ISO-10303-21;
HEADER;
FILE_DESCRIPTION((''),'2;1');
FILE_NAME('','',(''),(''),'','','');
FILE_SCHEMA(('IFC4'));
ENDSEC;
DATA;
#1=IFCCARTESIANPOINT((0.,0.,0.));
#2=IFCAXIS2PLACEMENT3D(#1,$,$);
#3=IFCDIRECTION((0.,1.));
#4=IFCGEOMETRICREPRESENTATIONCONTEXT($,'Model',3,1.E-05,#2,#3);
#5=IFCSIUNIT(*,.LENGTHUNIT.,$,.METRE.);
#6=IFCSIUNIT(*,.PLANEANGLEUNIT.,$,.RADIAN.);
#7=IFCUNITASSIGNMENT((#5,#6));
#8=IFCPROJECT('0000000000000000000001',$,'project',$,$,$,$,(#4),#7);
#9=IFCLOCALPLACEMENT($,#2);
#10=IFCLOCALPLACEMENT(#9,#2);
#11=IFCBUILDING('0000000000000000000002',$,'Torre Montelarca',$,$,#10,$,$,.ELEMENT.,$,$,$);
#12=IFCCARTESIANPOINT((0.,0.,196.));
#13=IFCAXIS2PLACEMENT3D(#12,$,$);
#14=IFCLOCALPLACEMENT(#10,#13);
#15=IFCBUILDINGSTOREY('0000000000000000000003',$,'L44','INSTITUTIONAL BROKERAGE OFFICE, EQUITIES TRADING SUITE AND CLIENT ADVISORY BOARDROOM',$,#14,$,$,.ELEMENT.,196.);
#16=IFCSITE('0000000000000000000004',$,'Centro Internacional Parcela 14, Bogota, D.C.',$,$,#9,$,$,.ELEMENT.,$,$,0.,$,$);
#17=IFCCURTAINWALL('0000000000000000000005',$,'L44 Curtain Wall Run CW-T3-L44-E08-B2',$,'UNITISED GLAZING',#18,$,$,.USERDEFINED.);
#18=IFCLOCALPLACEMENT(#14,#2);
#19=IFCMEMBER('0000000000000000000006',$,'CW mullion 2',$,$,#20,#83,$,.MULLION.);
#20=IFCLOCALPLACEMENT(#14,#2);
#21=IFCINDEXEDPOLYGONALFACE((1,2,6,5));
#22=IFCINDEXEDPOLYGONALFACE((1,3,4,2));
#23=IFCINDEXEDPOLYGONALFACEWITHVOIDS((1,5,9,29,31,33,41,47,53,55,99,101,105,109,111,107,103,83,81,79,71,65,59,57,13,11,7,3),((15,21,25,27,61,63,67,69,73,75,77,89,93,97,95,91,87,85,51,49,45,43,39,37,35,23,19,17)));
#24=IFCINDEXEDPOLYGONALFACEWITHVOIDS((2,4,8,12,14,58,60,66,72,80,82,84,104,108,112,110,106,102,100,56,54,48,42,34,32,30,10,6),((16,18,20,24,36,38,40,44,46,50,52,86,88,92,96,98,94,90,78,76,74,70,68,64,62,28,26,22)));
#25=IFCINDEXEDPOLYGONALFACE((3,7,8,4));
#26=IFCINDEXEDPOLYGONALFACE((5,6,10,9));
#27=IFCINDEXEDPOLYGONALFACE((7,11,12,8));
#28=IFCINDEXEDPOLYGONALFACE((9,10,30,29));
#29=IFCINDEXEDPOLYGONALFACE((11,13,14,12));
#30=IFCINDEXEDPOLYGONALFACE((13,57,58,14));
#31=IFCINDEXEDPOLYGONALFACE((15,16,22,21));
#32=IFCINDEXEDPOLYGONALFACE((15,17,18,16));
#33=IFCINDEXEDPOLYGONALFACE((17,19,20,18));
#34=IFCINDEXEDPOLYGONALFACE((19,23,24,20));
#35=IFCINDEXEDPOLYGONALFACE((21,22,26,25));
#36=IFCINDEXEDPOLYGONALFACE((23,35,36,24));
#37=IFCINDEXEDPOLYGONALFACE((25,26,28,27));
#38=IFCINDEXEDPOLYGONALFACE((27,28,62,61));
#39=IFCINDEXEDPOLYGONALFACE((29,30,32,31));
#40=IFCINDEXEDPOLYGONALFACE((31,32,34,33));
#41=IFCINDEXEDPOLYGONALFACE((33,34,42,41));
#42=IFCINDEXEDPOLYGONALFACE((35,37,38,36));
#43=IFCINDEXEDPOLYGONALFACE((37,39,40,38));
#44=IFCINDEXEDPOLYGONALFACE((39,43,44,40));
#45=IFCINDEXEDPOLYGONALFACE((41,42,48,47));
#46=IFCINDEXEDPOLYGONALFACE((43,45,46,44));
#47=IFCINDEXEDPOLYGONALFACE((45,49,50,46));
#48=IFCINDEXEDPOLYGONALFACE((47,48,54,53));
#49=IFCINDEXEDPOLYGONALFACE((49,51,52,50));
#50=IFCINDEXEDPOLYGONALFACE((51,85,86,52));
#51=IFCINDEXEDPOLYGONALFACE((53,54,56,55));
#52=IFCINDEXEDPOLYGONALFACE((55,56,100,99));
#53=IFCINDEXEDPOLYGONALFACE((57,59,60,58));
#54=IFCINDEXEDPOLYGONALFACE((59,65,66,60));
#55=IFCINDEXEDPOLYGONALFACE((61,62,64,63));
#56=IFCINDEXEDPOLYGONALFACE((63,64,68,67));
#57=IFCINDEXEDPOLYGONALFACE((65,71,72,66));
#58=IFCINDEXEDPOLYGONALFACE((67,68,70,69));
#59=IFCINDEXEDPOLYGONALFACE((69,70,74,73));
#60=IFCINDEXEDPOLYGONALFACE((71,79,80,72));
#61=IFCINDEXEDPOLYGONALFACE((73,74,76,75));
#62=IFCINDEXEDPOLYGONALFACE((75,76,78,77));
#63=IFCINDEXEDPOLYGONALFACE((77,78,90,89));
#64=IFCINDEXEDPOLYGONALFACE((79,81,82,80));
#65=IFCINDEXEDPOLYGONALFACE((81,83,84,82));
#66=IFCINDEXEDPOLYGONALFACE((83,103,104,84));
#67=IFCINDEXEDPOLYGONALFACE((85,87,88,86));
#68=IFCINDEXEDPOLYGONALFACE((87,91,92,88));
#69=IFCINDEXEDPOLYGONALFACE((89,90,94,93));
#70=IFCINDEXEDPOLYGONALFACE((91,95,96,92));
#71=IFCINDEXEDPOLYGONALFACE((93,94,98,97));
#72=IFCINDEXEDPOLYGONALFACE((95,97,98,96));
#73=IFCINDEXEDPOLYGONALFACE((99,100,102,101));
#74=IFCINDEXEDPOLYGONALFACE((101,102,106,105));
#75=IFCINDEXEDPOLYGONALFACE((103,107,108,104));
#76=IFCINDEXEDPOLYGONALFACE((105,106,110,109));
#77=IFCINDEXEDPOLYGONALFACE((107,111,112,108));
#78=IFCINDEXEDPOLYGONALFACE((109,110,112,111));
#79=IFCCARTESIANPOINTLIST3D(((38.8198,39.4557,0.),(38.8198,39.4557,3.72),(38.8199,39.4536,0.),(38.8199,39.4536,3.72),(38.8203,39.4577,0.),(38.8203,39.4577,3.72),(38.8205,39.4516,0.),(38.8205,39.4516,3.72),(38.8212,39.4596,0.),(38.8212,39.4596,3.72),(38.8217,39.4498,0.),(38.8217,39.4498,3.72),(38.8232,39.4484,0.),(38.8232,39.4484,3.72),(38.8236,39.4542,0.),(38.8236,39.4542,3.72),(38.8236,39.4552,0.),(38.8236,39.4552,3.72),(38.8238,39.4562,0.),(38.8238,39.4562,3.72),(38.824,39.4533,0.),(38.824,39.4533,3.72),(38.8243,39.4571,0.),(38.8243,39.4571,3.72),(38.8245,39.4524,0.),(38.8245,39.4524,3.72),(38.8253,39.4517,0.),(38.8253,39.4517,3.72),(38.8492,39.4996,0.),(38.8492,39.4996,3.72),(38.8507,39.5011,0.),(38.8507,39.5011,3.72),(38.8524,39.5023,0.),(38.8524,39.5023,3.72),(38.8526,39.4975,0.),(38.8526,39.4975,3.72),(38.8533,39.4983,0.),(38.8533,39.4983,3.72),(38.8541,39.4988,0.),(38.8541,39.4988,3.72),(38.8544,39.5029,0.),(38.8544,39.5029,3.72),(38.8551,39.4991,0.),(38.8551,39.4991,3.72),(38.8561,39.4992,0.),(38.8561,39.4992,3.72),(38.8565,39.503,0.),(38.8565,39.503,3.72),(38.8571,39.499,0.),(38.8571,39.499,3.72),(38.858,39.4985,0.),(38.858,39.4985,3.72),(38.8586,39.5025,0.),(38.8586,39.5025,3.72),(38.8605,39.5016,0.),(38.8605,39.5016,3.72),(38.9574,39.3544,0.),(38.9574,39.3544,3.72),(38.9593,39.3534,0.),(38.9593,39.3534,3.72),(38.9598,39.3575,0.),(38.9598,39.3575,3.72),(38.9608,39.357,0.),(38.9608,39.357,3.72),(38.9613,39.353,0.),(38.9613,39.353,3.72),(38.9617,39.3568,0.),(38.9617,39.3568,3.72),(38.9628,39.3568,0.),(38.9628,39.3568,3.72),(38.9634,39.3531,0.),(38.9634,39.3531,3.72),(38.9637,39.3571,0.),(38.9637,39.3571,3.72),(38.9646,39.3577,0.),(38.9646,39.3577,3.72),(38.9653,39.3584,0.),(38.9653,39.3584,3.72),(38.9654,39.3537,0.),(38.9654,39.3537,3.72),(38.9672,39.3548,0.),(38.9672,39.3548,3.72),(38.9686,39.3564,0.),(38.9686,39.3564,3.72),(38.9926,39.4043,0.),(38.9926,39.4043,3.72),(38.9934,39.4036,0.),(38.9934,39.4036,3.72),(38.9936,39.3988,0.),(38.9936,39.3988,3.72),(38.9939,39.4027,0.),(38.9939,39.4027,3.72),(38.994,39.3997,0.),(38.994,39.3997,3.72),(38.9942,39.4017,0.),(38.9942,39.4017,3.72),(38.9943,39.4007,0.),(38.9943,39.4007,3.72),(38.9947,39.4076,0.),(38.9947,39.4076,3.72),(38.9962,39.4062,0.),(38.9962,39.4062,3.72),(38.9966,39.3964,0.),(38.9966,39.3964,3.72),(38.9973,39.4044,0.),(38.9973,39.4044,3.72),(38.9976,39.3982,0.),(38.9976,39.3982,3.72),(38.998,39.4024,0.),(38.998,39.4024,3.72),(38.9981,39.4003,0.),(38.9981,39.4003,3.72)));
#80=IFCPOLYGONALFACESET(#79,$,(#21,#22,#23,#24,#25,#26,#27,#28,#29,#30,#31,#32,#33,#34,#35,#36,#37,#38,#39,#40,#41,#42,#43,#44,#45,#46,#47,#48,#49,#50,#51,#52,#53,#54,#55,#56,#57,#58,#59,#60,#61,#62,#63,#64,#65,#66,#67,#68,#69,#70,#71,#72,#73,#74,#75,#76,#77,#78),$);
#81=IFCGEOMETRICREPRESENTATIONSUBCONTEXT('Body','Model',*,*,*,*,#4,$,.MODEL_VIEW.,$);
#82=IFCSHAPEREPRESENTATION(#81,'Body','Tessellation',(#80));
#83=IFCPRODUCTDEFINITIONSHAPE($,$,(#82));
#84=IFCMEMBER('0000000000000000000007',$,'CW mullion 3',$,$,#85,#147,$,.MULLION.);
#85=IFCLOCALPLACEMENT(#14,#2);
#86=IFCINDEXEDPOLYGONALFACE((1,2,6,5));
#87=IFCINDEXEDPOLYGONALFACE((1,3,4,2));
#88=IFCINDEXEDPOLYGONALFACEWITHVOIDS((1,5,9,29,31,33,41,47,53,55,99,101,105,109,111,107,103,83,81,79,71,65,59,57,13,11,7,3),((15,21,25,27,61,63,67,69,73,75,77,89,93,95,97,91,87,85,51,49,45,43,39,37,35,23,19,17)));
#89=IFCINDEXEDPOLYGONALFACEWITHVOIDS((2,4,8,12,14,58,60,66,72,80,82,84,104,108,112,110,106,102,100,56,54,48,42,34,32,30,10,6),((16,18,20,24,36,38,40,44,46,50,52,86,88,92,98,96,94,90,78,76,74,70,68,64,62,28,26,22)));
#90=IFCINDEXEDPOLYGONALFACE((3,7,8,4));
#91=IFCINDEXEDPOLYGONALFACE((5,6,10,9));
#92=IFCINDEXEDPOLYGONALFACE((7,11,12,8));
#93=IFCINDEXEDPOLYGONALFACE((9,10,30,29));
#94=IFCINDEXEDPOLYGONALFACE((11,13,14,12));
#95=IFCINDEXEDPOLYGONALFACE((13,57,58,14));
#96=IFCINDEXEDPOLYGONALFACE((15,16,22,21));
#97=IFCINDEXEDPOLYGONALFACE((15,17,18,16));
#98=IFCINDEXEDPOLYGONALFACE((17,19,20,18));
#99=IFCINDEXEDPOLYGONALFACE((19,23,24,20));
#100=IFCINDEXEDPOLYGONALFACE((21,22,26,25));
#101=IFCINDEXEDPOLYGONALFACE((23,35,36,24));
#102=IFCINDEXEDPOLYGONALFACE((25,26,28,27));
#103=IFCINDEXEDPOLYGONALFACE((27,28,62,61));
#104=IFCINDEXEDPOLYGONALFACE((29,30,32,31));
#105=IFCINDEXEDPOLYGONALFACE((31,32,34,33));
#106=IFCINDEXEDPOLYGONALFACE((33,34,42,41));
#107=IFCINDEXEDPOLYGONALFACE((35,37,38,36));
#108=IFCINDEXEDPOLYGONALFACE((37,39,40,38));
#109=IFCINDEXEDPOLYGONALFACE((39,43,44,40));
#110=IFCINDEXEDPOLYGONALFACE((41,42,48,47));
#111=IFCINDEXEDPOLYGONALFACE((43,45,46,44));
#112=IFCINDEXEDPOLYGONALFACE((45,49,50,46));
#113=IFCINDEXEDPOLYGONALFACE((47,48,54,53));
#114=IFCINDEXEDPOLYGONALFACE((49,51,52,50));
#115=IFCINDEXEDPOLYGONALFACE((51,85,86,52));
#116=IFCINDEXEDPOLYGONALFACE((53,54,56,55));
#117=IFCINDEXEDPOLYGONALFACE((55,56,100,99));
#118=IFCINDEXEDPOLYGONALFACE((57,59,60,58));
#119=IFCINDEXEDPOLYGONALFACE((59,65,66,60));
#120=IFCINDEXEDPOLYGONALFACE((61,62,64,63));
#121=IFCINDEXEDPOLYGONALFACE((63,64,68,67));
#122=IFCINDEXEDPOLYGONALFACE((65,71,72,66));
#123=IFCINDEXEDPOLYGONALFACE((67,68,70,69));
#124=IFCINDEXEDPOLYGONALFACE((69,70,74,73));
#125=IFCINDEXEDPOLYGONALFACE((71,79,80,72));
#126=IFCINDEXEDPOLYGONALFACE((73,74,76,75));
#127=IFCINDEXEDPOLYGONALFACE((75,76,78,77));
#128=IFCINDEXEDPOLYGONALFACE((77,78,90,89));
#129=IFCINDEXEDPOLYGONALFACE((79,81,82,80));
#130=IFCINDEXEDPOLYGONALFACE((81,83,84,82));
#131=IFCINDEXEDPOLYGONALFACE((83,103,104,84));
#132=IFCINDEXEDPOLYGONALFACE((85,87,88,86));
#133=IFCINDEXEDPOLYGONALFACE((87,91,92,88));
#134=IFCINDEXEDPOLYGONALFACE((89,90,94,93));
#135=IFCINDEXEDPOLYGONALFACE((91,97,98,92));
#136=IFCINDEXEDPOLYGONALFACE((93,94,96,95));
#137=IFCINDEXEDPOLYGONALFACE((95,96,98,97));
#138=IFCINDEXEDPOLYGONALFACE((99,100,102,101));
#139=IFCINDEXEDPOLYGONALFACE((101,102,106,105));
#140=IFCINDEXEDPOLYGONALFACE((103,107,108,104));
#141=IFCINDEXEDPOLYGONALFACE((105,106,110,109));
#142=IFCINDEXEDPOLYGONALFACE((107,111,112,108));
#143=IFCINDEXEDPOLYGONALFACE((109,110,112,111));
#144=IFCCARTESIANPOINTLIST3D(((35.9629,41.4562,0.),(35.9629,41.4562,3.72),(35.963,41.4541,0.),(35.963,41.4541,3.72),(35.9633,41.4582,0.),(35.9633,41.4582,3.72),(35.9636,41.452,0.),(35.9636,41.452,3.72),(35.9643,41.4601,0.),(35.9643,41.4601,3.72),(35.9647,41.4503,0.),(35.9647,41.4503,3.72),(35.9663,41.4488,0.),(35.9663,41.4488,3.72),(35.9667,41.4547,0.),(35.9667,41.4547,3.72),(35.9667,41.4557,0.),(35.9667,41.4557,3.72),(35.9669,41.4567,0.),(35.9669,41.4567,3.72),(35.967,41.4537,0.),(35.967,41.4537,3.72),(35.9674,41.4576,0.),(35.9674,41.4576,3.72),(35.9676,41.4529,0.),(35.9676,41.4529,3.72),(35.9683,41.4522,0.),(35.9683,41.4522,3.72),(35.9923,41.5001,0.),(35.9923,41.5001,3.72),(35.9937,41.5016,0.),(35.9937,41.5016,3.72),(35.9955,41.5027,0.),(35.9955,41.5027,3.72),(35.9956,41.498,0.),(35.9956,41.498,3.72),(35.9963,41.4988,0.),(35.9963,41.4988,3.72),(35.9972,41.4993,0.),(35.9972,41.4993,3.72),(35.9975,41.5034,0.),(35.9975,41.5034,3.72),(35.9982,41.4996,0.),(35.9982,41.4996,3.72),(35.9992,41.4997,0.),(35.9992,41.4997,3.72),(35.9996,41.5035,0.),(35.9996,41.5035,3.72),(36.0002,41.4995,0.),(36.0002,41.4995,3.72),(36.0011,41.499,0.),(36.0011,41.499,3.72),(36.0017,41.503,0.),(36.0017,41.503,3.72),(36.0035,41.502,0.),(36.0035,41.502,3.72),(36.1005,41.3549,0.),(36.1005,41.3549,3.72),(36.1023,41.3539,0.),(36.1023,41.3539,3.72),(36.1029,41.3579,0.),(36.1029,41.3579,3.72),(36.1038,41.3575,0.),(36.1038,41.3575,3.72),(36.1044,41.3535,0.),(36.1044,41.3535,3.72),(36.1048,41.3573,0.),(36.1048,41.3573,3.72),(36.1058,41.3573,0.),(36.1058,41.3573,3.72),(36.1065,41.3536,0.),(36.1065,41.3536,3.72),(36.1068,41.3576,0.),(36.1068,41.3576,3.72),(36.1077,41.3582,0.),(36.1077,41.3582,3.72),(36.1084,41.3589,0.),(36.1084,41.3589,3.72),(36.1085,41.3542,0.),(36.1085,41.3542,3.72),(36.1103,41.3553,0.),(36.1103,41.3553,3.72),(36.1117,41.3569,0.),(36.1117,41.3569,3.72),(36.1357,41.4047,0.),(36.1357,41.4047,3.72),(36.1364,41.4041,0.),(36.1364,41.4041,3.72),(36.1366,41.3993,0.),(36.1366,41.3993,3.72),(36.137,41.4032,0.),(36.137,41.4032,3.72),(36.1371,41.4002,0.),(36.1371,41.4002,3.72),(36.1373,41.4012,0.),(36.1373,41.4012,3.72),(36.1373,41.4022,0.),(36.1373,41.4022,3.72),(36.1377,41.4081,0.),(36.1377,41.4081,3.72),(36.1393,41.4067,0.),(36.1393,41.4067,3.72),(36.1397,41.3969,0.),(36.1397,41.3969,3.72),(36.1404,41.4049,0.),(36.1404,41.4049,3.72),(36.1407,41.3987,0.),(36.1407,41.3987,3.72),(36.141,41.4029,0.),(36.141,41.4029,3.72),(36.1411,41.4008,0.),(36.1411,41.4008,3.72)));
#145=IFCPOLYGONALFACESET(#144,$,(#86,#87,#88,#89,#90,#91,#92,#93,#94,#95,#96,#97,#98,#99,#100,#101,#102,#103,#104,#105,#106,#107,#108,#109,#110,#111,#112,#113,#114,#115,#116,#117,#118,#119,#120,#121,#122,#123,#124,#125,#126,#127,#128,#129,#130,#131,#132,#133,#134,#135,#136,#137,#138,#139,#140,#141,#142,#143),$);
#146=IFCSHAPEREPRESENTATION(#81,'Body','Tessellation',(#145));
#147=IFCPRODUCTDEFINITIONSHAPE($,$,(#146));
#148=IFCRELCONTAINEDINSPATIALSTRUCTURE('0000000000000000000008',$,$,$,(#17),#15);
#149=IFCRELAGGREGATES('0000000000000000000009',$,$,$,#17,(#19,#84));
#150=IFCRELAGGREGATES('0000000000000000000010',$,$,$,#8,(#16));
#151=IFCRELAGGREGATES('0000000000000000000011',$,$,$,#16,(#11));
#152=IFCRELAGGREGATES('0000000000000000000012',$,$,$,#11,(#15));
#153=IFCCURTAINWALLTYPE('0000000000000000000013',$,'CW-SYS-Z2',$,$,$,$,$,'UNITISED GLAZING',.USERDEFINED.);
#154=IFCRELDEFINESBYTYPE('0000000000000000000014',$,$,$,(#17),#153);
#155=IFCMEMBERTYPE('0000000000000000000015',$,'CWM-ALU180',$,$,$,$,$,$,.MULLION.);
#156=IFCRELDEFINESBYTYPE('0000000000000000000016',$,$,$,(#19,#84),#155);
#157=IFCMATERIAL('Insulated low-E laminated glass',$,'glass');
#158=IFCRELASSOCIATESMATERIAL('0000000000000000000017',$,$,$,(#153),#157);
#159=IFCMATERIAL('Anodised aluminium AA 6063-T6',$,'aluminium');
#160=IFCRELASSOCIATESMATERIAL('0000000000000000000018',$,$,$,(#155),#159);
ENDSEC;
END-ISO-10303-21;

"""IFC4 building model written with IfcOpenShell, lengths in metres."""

from ifc_helpers import new_model, si_unit, direction, frame, origin, origin_2d, place, context, subcontext, project, spatial, hollow_rectangle, extrude, source, transform, mapped, material, material_profile, profile_set, type_object, element, aggregate, save


model = new_model("IFC4")

# Units and contexts
model_context = context("Model", 3, precision=1e-05, world=origin(), true_north=direction((0.0, 1.0)))
body_context = subcontext(model_context, "Body", "Model", "MODEL_VIEW")
ifc_project = project(units=[si_unit("LENGTHUNIT", "METRE"), si_unit("PLANEANGLEUNIT", "RADIAN")], contexts=[model_context])

# Site, building, storey
site_placement = place(None, origin())
site = spatial("IfcSite", under=ifc_project, at=site_placement, Name="Centro Internacional Parcela 14, Bogota, D.C.", CompositionType="ELEMENT", RefElevation=0.0)
building_placement = place(site_placement, origin())
building = spatial("IfcBuilding", under=site, at=building_placement, Name="Torre Montelarca", CompositionType="ELEMENT")
storey_placement = place(building_placement, frame((0.0, 0.0, 196.0)))
storey = spatial("IfcBuildingStorey", under=building, at=storey_placement, Name="L44", Description="INSTITUTIONAL BROKERAGE OFFICE, EQUITIES TRADING SUITE AND CLIENT ADVISORY BOARDROOM", CompositionType="ELEMENT", Elevation=196.0)

# Curtain wall, members
ifc_material_1 = material(Name="Insulated low-E laminated glass", Category="glass")
curtain_wall_type = type_object("IfcCurtainWallType", Name="CW-SYS-Z2", ElementType="UNITISED GLAZING", PredefinedType="USERDEFINED", material=ifc_material_1)
ifc_material_2 = material(Name="Anodised aluminium AA 6063-T6", Category="aluminium")
ifc_material_profile_1 = material_profile(ifc_material_2, hollow_rectangle(XDim=0.0649, YDim=0.1799, WallThickness=0.0039, InnerFilletRadius=0.0039, OuterFilletRadius=0.0081, at=origin_2d()), Name="ALU65X180X4", Category="aluminium")
ifc_profile_set_1 = profile_set([ifc_material_profile_1], Name="Anodised aluminium AA 6063-T6")
member_type_1 = type_object("IfcMemberType", Name="CWM-ALU180", PredefinedType="MULLION", material=ifc_profile_set_1)
shared_shape_1 = source(origin(), body_context, "Body", "SweptSolid", [
    extrude(hollow_rectangle(XDim=0.0649, YDim=0.1799, WallThickness=0.0039, InnerFilletRadius=0.0039, OuterFilletRadius=0.0081, at=origin_2d()), origin(), (0.0, 0.0, 1.0), 3.72),
])
curtain_wall_1_placement = place(storey_placement, origin())
curtain_wall_1 = element("IfcCurtainWall", 1, at=curtain_wall_1_placement, inside=storey, type_object=curtain_wall_type, Name="L44 Curtain Wall Run CW-T3-L44-E08-B2", ObjectType="UNITISED GLAZING", PredefinedType="USERDEFINED")
member_1_placement = place(storey_placement, frame((38.9089, 39.428, 0.0), z_axis=(0.0, 0.0, 1.0), x_axis=(-0.573581, -0.819149, 0.0)))
member_1 = element("IfcMember", 2, at=member_1_placement, type_object=member_type_1, Name="CW mullion 2", PredefinedType="MULLION", context=body_context, shape_type="MappedRepresentation", body=[
    mapped(shared_shape_1, transform((0.0, 0.0, 0.0), scale=1.0)),
])
member_2_placement = place(storey_placement, frame((36.052, 41.4285, 0.0), z_axis=(0.0, 0.0, 1.0), x_axis=(-0.573581, -0.819149, 0.0)))
member_2 = element("IfcMember", 3, at=member_2_placement, type_object=member_type_1, Name="CW mullion 3", PredefinedType="MULLION", context=body_context, shape_type="MappedRepresentation", body=[
    mapped(shared_shape_1, transform((0.0, 0.0, 0.0), scale=1.0)),
])

aggregate(curtain_wall_1, [member_1, member_2])

save(model, "model.ifc")
